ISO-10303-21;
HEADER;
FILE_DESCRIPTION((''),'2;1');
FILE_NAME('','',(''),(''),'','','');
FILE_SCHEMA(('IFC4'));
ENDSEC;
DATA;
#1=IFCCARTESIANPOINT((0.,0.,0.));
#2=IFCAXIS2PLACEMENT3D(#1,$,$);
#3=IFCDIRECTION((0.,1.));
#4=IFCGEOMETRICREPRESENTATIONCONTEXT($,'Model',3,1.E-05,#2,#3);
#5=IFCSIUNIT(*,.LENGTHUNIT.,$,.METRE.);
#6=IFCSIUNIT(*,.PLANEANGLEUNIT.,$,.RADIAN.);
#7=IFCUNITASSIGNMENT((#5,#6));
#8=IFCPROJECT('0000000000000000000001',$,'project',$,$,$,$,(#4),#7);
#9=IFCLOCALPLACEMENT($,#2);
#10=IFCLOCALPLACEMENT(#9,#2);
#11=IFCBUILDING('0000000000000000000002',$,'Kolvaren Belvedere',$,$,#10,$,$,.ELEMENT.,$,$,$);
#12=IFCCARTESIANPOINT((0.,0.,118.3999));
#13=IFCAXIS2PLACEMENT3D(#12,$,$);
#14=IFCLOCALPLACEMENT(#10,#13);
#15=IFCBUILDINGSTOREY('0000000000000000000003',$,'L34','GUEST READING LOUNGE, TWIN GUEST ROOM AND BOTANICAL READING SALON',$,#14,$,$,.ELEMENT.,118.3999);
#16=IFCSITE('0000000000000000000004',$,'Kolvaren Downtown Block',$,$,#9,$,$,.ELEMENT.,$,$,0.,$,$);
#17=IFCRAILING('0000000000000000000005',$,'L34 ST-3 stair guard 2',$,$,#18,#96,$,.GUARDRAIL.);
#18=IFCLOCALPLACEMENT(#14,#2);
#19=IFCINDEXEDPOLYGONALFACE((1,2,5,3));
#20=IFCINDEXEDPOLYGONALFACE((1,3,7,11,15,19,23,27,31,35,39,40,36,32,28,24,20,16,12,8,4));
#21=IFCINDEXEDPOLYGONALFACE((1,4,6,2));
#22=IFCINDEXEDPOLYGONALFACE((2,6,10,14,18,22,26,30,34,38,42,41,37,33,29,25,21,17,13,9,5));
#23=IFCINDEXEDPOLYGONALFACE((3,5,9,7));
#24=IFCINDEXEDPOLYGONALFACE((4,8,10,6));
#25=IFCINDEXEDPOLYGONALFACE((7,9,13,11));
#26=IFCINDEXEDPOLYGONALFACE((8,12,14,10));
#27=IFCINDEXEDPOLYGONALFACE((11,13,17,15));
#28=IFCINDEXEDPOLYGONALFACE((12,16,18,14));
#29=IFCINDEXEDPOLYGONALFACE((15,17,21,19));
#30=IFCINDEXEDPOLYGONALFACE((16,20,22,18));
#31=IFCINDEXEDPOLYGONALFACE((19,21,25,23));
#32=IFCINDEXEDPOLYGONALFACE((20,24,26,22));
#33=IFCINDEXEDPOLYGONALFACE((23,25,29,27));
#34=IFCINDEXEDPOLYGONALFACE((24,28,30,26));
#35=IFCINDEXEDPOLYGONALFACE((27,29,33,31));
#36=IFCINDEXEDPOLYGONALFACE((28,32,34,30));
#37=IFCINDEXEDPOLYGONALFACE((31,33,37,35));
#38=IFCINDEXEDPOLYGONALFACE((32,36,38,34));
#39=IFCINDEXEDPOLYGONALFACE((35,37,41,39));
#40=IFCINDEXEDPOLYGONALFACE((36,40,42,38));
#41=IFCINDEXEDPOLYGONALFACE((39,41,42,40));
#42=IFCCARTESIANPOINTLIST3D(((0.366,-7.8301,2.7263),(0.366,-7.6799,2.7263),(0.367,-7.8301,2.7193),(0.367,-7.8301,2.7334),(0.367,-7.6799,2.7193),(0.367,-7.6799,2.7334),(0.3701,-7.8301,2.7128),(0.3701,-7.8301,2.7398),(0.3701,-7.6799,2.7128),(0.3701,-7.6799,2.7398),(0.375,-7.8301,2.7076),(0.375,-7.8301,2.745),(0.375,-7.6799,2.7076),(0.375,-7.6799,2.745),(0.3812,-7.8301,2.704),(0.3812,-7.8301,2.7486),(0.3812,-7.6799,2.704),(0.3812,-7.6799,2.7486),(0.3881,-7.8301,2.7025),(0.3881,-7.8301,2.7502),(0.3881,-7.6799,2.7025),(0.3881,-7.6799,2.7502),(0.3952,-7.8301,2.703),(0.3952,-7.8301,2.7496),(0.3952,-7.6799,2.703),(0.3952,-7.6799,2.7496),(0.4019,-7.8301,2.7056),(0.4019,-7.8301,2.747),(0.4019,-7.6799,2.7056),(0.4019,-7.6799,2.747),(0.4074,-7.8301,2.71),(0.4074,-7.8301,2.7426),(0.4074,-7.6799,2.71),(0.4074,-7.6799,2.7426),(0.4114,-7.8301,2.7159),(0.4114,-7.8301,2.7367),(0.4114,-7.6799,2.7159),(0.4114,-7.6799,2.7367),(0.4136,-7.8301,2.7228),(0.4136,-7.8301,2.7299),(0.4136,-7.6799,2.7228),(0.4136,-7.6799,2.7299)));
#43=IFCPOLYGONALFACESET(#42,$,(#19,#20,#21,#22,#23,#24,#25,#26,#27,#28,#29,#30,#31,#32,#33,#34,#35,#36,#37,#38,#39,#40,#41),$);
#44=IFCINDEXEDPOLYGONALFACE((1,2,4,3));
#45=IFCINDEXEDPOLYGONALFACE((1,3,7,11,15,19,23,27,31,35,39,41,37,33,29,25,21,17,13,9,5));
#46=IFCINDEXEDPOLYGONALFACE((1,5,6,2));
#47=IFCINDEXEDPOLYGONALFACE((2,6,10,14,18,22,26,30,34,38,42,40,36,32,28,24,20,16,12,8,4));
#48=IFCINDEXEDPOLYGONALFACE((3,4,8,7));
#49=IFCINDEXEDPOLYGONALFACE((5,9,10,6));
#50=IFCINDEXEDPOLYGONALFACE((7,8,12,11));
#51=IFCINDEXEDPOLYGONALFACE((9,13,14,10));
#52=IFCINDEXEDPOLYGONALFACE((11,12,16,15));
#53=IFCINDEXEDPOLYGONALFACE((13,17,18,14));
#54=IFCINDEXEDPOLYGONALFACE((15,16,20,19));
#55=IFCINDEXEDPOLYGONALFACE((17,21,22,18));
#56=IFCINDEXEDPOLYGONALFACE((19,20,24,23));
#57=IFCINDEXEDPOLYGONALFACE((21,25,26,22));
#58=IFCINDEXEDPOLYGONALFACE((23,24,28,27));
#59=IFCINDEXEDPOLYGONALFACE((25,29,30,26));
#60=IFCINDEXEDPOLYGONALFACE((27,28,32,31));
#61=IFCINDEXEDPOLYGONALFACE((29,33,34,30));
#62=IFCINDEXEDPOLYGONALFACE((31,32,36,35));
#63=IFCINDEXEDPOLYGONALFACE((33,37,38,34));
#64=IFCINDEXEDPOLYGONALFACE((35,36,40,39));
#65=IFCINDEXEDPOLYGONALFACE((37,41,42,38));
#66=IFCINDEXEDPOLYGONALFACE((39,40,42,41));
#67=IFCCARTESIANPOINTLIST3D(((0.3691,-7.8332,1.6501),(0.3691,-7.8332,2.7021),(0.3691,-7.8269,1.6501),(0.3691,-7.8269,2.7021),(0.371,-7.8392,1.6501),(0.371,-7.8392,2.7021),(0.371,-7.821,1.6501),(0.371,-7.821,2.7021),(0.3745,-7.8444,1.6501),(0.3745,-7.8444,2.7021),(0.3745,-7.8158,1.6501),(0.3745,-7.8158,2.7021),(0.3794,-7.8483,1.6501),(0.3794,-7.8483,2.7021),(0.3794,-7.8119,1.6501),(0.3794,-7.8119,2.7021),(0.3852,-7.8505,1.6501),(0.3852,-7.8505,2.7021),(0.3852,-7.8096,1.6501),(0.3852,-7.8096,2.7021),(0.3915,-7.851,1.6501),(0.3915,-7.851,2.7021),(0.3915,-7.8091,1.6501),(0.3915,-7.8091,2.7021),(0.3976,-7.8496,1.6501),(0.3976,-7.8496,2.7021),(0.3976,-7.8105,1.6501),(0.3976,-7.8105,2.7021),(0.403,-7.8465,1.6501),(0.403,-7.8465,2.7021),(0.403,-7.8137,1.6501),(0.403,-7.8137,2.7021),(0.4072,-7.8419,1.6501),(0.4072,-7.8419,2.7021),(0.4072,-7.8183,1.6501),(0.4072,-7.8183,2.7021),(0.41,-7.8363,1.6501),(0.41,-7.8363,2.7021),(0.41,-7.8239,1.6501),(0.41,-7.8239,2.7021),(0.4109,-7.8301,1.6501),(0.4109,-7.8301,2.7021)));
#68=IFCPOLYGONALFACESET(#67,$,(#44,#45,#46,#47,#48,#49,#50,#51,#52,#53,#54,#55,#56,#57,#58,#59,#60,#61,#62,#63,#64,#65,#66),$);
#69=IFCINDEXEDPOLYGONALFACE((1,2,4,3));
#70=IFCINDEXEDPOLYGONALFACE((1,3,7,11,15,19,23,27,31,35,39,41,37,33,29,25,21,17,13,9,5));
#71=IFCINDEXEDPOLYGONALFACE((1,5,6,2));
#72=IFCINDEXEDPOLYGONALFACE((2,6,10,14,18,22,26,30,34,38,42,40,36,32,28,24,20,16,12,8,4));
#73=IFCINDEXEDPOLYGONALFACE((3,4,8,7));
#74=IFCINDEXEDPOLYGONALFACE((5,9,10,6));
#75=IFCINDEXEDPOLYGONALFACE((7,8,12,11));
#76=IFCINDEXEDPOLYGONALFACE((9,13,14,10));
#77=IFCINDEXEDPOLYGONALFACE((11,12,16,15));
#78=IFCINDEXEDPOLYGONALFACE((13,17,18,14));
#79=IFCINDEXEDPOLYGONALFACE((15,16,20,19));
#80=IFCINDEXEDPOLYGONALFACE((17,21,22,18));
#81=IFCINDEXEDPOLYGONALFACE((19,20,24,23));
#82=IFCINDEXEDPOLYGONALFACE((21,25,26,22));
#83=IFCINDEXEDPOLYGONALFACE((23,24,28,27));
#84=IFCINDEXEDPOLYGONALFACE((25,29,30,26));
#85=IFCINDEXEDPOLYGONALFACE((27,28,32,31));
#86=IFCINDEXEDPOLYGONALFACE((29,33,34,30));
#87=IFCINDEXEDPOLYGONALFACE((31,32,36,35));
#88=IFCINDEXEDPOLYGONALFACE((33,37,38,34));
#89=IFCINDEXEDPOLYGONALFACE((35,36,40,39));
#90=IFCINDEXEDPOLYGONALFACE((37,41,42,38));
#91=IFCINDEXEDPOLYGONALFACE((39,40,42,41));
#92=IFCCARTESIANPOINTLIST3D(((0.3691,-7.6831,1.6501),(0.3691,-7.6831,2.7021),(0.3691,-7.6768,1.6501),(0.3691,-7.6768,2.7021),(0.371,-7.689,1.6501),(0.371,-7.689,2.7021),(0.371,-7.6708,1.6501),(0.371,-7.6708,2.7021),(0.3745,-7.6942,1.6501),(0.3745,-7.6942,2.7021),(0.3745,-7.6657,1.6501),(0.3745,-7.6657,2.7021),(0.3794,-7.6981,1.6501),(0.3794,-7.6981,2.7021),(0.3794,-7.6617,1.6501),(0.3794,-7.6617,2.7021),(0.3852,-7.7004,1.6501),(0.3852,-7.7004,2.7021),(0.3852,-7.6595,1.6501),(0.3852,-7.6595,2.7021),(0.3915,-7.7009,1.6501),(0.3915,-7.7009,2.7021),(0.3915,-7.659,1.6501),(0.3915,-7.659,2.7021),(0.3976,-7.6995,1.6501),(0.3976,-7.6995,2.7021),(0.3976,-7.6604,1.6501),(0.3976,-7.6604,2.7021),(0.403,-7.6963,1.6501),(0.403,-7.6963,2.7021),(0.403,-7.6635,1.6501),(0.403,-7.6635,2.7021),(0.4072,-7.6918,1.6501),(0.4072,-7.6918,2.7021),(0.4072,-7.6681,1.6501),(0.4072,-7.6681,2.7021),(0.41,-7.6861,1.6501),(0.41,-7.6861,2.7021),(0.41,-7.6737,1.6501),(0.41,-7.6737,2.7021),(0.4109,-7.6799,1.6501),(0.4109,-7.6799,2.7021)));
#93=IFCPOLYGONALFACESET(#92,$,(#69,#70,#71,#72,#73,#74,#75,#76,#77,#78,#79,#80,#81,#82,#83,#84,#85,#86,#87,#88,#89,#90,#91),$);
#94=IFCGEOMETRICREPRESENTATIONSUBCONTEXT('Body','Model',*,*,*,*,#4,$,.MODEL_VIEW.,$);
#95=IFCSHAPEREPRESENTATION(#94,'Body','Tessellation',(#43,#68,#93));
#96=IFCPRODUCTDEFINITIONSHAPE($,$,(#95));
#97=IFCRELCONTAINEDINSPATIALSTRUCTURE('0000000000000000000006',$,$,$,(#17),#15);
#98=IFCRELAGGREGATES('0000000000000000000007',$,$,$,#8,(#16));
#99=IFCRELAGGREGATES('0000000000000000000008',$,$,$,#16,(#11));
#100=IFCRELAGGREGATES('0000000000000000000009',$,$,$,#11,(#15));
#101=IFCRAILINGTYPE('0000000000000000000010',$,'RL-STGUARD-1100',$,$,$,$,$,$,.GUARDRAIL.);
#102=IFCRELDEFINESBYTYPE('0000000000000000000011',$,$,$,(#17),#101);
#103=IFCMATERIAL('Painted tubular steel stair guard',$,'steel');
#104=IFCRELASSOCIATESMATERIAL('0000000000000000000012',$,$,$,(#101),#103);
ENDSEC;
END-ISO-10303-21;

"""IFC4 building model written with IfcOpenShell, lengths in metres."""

from ifc_helpers import new_model, si_unit, direction, frame, origin, origin_2d, place, context, subcontext, project, spatial, circle, extrude, material, type_object, element, save


model = new_model("IFC4")

# Units and contexts
model_context = context("Model", 3, precision=1e-05, world=origin(), true_north=direction((0.0, 1.0)))
body_context = subcontext(model_context, "Body", "Model", "MODEL_VIEW")
ifc_project = project(units=[si_unit("LENGTHUNIT", "METRE"), si_unit("PLANEANGLEUNIT", "RADIAN")], contexts=[model_context])

# Site, building, storey
site_placement = place(None, origin())
site = spatial("IfcSite", under=ifc_project, at=site_placement, Name="Kolvaren Downtown Block", CompositionType="ELEMENT", RefElevation=0.0)
building_placement = place(site_placement, origin())
building = spatial("IfcBuilding", under=site, at=building_placement, Name="Kolvaren Belvedere", CompositionType="ELEMENT")
storey_placement = place(building_placement, frame((0.0, 0.0, 118.3999)))
storey = spatial("IfcBuildingStorey", under=building, at=storey_placement, Name="L34", Description="GUEST READING LOUNGE, TWIN GUEST ROOM AND BOTANICAL READING SALON", CompositionType="ELEMENT", Elevation=118.3999)

# Railing
ifc_material_1 = material(Name="Painted tubular steel stair guard", Category="steel")
railing_type_1 = type_object("IfcRailingType", Name="RL-STGUARD-1100", PredefinedType="GUARDRAIL", material=ifc_material_1)
railing_1_placement = place(storey_placement, frame((0.3899, -7.8301, 1.6501)))
element("IfcRailing", 1, at=railing_1_placement, inside=storey, type_object=railing_type_1, Name="L34 ST-3 stair guard 2", PredefinedType="GUARDRAIL", context=body_context, shape_type="SweptSolid", body=[
    extrude(circle(Radius=0.0239, at=origin_2d()), frame((0.0, 0.0, 1.0762), z_axis=(0.0, 1.0, 0.0), x_axis=(-1.0, 0.0, 0.0)), (0.0, 0.0, 1.0), 0.1501),
    extrude(circle(Radius=0.021, at=origin_2d()), origin(), (0.0, 0.0, 1.0), 1.052),
    extrude(circle(Radius=0.021, at=origin_2d()), frame((0.0, 0.1501, 0.0)), (0.0, 0.0, 1.0), 1.052),
])

save(model, "model.ifc")
